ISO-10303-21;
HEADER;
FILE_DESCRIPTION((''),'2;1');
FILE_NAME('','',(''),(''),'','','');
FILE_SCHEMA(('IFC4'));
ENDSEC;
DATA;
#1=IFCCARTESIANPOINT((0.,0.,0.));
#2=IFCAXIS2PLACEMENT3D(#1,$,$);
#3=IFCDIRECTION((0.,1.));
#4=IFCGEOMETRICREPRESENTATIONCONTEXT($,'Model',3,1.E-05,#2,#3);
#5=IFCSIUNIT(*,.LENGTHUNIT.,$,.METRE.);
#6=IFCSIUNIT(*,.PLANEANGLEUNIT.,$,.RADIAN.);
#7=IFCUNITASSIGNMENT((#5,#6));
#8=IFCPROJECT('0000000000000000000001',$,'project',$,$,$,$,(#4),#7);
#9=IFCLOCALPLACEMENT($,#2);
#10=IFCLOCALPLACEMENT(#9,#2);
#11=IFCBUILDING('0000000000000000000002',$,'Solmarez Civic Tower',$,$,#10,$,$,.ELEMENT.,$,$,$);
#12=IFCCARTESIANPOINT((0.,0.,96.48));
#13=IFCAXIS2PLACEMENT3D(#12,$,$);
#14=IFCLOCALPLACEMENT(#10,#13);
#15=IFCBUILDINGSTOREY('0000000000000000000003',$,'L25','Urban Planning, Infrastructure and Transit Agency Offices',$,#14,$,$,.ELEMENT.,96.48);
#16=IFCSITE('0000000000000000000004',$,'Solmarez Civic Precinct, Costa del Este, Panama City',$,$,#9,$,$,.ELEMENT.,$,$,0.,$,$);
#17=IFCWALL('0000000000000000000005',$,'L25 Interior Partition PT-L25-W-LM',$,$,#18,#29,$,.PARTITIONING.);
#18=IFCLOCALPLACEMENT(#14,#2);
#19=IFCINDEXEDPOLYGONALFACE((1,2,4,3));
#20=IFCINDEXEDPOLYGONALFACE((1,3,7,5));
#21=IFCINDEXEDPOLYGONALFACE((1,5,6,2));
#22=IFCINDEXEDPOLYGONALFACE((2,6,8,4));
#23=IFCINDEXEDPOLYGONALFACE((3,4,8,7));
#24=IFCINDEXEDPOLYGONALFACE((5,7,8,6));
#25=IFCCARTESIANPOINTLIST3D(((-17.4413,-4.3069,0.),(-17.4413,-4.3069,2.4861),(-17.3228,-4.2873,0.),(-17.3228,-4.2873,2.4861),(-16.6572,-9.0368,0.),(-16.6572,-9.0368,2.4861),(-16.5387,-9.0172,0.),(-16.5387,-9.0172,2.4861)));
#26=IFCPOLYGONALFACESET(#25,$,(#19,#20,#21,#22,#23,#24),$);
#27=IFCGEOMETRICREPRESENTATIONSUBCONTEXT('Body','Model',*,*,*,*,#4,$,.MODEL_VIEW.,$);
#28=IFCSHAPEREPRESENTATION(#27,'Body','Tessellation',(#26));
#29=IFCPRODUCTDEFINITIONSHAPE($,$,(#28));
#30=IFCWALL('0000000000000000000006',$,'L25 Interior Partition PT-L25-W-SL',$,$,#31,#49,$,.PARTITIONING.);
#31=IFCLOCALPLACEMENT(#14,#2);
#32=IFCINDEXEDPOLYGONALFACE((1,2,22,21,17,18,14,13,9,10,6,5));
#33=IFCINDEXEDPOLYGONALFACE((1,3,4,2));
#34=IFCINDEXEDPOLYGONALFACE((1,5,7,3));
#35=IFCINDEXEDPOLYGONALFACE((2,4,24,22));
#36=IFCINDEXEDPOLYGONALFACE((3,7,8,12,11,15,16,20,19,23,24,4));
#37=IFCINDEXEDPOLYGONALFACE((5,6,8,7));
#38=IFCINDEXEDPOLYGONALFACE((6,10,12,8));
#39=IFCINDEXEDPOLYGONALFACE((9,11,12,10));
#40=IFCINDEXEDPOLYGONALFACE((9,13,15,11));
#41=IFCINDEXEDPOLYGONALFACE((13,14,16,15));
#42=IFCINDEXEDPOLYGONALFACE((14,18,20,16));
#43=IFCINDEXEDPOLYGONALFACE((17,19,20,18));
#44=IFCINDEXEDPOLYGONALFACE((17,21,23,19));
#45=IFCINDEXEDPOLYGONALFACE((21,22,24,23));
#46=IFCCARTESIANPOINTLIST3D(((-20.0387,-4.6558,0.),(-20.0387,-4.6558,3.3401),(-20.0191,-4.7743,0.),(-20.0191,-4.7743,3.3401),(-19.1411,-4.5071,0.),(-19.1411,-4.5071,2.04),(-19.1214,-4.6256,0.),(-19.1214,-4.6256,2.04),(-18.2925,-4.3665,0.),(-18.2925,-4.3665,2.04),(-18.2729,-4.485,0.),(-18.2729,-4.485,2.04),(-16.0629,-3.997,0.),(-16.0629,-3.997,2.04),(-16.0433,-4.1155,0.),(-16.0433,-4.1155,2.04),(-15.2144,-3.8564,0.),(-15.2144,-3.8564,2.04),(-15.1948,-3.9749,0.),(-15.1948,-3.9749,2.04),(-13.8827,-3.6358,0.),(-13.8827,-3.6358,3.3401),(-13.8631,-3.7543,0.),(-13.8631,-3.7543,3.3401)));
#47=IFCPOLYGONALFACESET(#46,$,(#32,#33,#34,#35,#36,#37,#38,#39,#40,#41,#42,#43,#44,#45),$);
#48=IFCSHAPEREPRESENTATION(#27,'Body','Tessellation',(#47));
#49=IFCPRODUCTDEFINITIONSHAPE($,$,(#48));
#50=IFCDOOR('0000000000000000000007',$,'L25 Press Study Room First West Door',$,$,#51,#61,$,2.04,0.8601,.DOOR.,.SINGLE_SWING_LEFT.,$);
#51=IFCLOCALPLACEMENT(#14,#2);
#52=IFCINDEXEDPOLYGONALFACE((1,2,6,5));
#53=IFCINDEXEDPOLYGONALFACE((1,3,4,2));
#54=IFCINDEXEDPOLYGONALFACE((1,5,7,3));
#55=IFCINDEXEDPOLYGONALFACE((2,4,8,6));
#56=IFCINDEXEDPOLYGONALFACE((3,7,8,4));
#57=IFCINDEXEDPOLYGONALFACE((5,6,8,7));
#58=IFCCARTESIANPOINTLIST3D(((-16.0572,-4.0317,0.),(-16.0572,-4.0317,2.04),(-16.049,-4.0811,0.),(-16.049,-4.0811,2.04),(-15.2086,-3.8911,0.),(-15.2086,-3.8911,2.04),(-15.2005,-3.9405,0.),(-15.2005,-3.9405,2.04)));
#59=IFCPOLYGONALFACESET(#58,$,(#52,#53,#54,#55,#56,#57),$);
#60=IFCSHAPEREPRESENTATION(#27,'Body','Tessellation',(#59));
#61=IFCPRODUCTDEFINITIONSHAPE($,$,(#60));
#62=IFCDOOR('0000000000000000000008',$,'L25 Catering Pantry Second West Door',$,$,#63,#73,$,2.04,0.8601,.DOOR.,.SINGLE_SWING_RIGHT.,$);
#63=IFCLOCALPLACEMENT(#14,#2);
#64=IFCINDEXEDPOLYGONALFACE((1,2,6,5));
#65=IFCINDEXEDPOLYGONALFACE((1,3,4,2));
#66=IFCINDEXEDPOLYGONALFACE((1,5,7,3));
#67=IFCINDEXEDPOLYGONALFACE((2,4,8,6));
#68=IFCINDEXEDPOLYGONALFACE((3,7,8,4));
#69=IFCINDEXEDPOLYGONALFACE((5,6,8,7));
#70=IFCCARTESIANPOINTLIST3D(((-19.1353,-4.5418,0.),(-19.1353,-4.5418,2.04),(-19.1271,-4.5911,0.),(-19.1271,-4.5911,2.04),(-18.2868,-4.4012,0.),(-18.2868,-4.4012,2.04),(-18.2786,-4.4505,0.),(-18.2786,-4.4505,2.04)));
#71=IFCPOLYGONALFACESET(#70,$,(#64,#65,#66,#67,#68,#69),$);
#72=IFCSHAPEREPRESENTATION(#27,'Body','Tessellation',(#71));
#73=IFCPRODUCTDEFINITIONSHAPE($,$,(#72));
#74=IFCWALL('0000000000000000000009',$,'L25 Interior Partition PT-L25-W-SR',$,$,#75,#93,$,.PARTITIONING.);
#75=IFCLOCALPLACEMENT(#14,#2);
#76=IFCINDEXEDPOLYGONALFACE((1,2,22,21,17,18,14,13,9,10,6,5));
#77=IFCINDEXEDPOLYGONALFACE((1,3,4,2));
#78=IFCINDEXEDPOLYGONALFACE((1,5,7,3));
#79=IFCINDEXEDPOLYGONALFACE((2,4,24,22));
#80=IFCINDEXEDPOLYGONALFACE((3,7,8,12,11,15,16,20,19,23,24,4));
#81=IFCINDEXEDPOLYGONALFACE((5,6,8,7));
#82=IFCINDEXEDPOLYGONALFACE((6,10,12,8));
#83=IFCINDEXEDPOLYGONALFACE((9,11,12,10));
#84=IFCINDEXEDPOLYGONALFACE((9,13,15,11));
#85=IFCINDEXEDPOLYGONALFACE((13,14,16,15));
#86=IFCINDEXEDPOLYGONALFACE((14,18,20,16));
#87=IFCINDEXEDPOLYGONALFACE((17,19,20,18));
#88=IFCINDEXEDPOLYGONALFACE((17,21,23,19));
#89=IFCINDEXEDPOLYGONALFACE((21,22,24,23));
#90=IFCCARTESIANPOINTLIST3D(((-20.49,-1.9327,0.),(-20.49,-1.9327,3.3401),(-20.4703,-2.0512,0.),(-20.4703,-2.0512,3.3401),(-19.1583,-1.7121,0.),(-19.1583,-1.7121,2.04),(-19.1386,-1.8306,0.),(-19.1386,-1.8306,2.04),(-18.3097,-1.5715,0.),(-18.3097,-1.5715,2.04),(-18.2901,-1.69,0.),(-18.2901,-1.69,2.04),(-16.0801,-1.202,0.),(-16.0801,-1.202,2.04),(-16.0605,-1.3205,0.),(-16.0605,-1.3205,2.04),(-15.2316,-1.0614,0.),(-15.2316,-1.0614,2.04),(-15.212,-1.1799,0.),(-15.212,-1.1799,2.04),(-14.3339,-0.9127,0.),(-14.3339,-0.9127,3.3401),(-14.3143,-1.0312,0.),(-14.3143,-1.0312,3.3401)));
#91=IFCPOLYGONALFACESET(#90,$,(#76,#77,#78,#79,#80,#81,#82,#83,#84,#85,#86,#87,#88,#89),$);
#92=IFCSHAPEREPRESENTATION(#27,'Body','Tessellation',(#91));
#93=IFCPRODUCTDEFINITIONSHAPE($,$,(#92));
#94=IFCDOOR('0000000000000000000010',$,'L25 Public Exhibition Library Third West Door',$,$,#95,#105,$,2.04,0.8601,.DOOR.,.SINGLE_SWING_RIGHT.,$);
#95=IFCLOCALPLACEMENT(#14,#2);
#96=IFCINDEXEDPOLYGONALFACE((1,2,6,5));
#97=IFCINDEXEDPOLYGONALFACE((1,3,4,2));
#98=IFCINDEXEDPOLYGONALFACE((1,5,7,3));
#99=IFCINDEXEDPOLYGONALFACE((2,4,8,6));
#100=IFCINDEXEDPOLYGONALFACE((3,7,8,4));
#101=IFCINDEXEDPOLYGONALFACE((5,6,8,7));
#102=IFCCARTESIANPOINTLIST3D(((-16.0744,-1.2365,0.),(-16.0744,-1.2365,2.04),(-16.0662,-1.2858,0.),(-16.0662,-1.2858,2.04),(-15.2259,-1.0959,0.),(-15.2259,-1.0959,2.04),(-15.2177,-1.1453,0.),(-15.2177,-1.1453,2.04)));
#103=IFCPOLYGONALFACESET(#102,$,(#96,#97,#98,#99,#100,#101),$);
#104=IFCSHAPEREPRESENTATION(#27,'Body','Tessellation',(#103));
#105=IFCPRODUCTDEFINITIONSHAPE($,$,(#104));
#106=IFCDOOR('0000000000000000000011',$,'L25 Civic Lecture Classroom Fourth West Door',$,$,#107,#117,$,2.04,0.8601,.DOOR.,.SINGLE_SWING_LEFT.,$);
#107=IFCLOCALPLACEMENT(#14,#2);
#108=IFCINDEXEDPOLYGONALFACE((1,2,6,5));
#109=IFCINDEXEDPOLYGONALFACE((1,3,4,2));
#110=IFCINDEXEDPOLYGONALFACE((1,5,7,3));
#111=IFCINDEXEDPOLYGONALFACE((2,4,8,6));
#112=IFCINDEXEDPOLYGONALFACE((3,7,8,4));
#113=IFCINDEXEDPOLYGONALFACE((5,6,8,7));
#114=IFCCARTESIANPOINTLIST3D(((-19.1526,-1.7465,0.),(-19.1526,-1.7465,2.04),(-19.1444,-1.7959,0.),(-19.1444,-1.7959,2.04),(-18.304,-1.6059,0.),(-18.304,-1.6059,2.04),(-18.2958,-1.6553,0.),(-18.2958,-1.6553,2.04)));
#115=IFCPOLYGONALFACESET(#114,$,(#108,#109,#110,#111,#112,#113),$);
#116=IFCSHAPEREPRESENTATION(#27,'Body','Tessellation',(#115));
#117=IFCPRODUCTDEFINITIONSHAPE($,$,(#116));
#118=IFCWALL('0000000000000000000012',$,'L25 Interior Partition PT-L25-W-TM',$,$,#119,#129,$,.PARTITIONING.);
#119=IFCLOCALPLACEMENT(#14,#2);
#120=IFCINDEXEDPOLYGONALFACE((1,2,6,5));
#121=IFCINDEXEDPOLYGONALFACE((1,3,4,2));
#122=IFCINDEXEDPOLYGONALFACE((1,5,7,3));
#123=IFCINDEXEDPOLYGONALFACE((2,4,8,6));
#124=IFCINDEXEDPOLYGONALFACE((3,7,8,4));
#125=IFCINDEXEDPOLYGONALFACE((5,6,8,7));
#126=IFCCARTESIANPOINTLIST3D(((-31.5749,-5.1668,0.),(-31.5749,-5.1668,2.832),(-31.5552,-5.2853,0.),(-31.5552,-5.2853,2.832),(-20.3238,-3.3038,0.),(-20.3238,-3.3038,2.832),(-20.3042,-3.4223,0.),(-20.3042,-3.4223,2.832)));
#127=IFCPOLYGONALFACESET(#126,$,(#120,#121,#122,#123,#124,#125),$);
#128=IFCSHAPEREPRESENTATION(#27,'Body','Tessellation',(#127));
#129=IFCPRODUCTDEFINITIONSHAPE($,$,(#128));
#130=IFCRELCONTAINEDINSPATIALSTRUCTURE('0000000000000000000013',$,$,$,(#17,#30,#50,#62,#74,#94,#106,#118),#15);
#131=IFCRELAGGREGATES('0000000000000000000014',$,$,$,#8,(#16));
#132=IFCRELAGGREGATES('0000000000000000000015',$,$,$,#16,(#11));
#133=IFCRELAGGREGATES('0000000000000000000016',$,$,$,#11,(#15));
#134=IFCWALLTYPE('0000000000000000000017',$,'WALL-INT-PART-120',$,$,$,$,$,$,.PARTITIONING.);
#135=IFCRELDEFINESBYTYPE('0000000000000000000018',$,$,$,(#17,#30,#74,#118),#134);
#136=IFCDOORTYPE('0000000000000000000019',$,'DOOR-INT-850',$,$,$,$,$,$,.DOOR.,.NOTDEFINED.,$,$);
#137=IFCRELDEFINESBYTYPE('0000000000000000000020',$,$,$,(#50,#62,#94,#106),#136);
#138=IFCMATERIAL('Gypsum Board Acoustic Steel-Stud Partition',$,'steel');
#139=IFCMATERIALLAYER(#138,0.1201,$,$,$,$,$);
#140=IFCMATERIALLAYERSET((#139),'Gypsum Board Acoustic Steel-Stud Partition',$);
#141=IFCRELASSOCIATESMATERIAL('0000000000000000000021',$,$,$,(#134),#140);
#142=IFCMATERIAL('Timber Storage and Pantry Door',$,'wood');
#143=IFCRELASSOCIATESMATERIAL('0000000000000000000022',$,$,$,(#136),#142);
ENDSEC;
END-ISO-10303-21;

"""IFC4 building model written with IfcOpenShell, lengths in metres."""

from ifc_helpers import new_model, si_unit, direction, frame, frame_2d, origin, place, context, subcontext, project, spatial, rectangle, extrude, material, layer, layer_set, type_object, element, fill, save


model = new_model("IFC4")

# Units and contexts
model_context = context("Model", 3, precision=1e-05, world=origin(), true_north=direction((0.0, 1.0)))
body_context = subcontext(model_context, "Body", "Model", "MODEL_VIEW")
ifc_project = project(units=[si_unit("LENGTHUNIT", "METRE"), si_unit("PLANEANGLEUNIT", "RADIAN")], contexts=[model_context])

# Site, building, storey
site_placement = place(None, origin())
site = spatial("IfcSite", under=ifc_project, at=site_placement, Name="Solmarez Civic Precinct, Costa del Este, Panama City", CompositionType="ELEMENT", RefElevation=0.0)
building_placement = place(site_placement, origin())
building = spatial("IfcBuilding", under=site, at=building_placement, Name="Solmarez Civic Tower", CompositionType="ELEMENT")
storey_placement = place(building_placement, frame((0.0, 0.0, 96.48)))
storey = spatial("IfcBuildingStorey", under=building, at=storey_placement, Name="L25", Description="Urban Planning, Infrastructure and Transit Agency Offices", CompositionType="ELEMENT", Elevation=96.48)

# Wall
ifc_material_1 = material(Name="Gypsum Board Acoustic Steel-Stud Partition", Category="steel")
ifc_layer_1 = layer(ifc_material_1, 0.1201)
ifc_layer_set_1 = layer_set([ifc_layer_1], Name="Gypsum Board Acoustic Steel-Stud Partition")
wall_type_1 = type_object("IfcWallType", Name="WALL-INT-PART-120", PredefinedType="PARTITIONING", material=ifc_layer_set_1)
wall_1_placement = place(storey_placement, frame((-17.3821, -4.2971, 0.0), z_axis=(0.0, 0.0, 1.0), x_axis=(0.163557, -0.986534, 0.0)))
element("IfcWall", 1, at=wall_1_placement, inside=storey, type_object=wall_type_1, Name="L25 Interior Partition PT-L25-W-LM", PredefinedType="PARTITIONING", context=body_context, shape_type="SweptSolid", body=[
    extrude(rectangle(XDim=4.7944, YDim=0.1201, at=frame_2d((2.3972, 0.0))), origin(), (0.0, 0.0, 1.0), 2.4861),
])

# Walls, openings, doors
wall_2_placement = place(storey_placement, frame((-20.0291, -4.7151, 0.0), z_axis=(0.0, 0.0, 1.0), x_axis=(0.986549, 0.163466, 0.0)))
wall_2 = element("IfcWall", 2, at=wall_2_placement, inside=storey, type_object=wall_type_1, Name="L25 Interior Partition PT-L25-W-SL", PredefinedType="PARTITIONING", context=body_context, shape_type="SweptSolid", body=[
    extrude(rectangle(XDim=6.24, YDim=0.1201, at=frame_2d((3.1201, 0.0))), origin(), (0.0, 0.0, 1.0), 3.3401),
])
opening_1_placement = place(wall_2_placement, frame((4.03, 0.0, 0.0)))
opening_1 = element("IfcOpeningElement", 3, at=opening_1_placement, cuts=wall_2, PredefinedType="OPENING", context=body_context, shape_type="SweptSolid", body=[
    extrude(rectangle(XDim=0.8601, YDim=2.04, at=frame_2d((0.4302, 1.02))), frame((0.0, 0.0701, 0.0), z_axis=(0.0, -1.0, 0.0), x_axis=(1.0, 0.0, 0.0)), (0.0, 0.0, 1.0), 0.1401),
])
opening_2_placement = place(wall_2_placement, frame((0.9099, 0.0, 0.0)))
opening_2 = element("IfcOpeningElement", 4, at=opening_2_placement, cuts=wall_2, PredefinedType="OPENING", context=body_context, shape_type="SweptSolid", body=[
    extrude(rectangle(XDim=0.8601, YDim=2.04, at=frame_2d((0.4302, 1.02))), frame((0.0, 0.0701, 0.0), z_axis=(0.0, -1.0, 0.0), x_axis=(1.0, 0.0, 0.0)), (0.0, 0.0, 1.0), 0.1401),
])
ifc_material_2 = material(Name="Timber Storage and Pantry Door", Category="wood")
door_type = type_object("IfcDoorType", Name="DOOR-INT-850", OperationType="NOTDEFINED", PredefinedType="DOOR", material=ifc_material_2)
door_1_placement = place(opening_1_placement, origin())
door_1 = element("IfcDoor", 5, at=door_1_placement, inside=storey, type_object=door_type, Name="L25 Press Study Room First West Door", OperationType="SINGLE_SWING_LEFT", OverallHeight=2.04, OverallWidth=0.8601, PredefinedType="DOOR", context=body_context, shape_type="SweptSolid", body=[
    extrude(rectangle(XDim=0.8601, YDim=2.04, at=frame_2d((0.4302, 1.02))), frame((0.0, 0.0249, 0.0), z_axis=(0.0, -1.0, 0.0), x_axis=(1.0, 0.0, 0.0)), (0.0, 0.0, 1.0), 0.05),
])
fill(opening_1, door_1)
door_2_placement = place(opening_2_placement, origin())
door_2 = element("IfcDoor", 6, at=door_2_placement, inside=storey, type_object=door_type, Name="L25 Catering Pantry Second West Door", OperationType="SINGLE_SWING_RIGHT", OverallHeight=2.04, OverallWidth=0.8601, PredefinedType="DOOR", context=body_context, shape_type="SweptSolid", body=[
    extrude(rectangle(XDim=0.8601, YDim=2.04, at=frame_2d((0.4302, 1.02))), frame((0.0, 0.0249, 0.0), z_axis=(0.0, -1.0, 0.0), x_axis=(1.0, 0.0, 0.0)), (0.0, 0.0, 1.0), 0.05),
])
fill(opening_2, door_2)
wall_3_placement = place(storey_placement, frame((-14.324, -0.9719, 0.0), z_axis=(0.0, 0.0, 1.0), x_axis=(-0.986549, -0.163466, 0.0)))
wall_3 = element("IfcWall", 7, at=wall_3_placement, inside=storey, type_object=wall_type_1, Name="L25 Interior Partition PT-L25-W-SR", PredefinedType="PARTITIONING", context=body_context, shape_type="SweptSolid", body=[
    extrude(rectangle(XDim=6.24, YDim=0.1201, at=frame_2d((3.1201, 0.0))), origin(), (0.0, 0.0, 1.0), 3.3401),
])
opening_3_placement = place(wall_3_placement, frame((0.9099, 0.0, 0.0)))
opening_3 = element("IfcOpeningElement", 8, at=opening_3_placement, cuts=wall_3, PredefinedType="OPENING", context=body_context, shape_type="SweptSolid", body=[
    extrude(rectangle(XDim=0.8601, YDim=2.04, at=frame_2d((0.4302, 1.02))), frame((0.0, 0.0701, 0.0), z_axis=(0.0, -1.0, 0.0), x_axis=(1.0, 0.0, 0.0)), (0.0, 0.0, 1.0), 0.1401),
])
opening_4_placement = place(wall_3_placement, frame((4.03, 0.0, 0.0)))
opening_4 = element("IfcOpeningElement", 9, at=opening_4_placement, cuts=wall_3, PredefinedType="OPENING", context=body_context, shape_type="SweptSolid", body=[
    extrude(rectangle(XDim=0.8601, YDim=2.04, at=frame_2d((0.4302, 1.02))), frame((0.0, 0.0701, 0.0), z_axis=(0.0, -1.0, 0.0), x_axis=(1.0, 0.0, 0.0)), (0.0, 0.0, 1.0), 0.1401),
])
door_3_placement = place(opening_3_placement, origin())
door_3 = element("IfcDoor", 10, at=door_3_placement, inside=storey, type_object=door_type, Name="L25 Public Exhibition Library Third West Door", OperationType="SINGLE_SWING_RIGHT", OverallHeight=2.04, OverallWidth=0.8601, PredefinedType="DOOR", context=body_context, shape_type="SweptSolid", body=[
    extrude(rectangle(XDim=0.8601, YDim=2.04, at=frame_2d((0.4302, 1.02))), frame((0.0, 0.0249, 0.0), z_axis=(0.0, -1.0, 0.0), x_axis=(1.0, 0.0, 0.0)), (0.0, 0.0, 1.0), 0.05),
])
fill(opening_3, door_3)
door_4_placement = place(opening_4_placement, origin())
door_4 = element("IfcDoor", 11, at=door_4_placement, inside=storey, type_object=door_type, Name="L25 Civic Lecture Classroom Fourth West Door", OperationType="SINGLE_SWING_LEFT", OverallHeight=2.04, OverallWidth=0.8601, PredefinedType="DOOR", context=body_context, shape_type="SweptSolid", body=[
    extrude(rectangle(XDim=0.8601, YDim=2.04, at=frame_2d((0.4302, 1.02))), frame((0.0, 0.0249, 0.0), z_axis=(0.0, -1.0, 0.0), x_axis=(1.0, 0.0, 0.0)), (0.0, 0.0, 1.0), 0.05),
])
fill(opening_4, door_4)

# Wall
wall_4_placement = place(storey_placement, frame((-20.314, -3.363, 0.0), z_axis=(0.0, 0.0, 1.0), x_axis=(-0.986566, -0.163364, 0.0)))
element("IfcWall", 12, at=wall_4_placement, inside=storey, type_object=wall_type_1, Name="L25 Interior Partition PT-L25-W-TM", PredefinedType="PARTITIONING", context=body_context, shape_type="SweptSolid", body=[
    extrude(rectangle(XDim=11.4043, YDim=0.1201, at=frame_2d((5.7021, 0.0))), origin(), (0.0, 0.0, 1.0), 2.832),
])

save(model, "model.ifc")
